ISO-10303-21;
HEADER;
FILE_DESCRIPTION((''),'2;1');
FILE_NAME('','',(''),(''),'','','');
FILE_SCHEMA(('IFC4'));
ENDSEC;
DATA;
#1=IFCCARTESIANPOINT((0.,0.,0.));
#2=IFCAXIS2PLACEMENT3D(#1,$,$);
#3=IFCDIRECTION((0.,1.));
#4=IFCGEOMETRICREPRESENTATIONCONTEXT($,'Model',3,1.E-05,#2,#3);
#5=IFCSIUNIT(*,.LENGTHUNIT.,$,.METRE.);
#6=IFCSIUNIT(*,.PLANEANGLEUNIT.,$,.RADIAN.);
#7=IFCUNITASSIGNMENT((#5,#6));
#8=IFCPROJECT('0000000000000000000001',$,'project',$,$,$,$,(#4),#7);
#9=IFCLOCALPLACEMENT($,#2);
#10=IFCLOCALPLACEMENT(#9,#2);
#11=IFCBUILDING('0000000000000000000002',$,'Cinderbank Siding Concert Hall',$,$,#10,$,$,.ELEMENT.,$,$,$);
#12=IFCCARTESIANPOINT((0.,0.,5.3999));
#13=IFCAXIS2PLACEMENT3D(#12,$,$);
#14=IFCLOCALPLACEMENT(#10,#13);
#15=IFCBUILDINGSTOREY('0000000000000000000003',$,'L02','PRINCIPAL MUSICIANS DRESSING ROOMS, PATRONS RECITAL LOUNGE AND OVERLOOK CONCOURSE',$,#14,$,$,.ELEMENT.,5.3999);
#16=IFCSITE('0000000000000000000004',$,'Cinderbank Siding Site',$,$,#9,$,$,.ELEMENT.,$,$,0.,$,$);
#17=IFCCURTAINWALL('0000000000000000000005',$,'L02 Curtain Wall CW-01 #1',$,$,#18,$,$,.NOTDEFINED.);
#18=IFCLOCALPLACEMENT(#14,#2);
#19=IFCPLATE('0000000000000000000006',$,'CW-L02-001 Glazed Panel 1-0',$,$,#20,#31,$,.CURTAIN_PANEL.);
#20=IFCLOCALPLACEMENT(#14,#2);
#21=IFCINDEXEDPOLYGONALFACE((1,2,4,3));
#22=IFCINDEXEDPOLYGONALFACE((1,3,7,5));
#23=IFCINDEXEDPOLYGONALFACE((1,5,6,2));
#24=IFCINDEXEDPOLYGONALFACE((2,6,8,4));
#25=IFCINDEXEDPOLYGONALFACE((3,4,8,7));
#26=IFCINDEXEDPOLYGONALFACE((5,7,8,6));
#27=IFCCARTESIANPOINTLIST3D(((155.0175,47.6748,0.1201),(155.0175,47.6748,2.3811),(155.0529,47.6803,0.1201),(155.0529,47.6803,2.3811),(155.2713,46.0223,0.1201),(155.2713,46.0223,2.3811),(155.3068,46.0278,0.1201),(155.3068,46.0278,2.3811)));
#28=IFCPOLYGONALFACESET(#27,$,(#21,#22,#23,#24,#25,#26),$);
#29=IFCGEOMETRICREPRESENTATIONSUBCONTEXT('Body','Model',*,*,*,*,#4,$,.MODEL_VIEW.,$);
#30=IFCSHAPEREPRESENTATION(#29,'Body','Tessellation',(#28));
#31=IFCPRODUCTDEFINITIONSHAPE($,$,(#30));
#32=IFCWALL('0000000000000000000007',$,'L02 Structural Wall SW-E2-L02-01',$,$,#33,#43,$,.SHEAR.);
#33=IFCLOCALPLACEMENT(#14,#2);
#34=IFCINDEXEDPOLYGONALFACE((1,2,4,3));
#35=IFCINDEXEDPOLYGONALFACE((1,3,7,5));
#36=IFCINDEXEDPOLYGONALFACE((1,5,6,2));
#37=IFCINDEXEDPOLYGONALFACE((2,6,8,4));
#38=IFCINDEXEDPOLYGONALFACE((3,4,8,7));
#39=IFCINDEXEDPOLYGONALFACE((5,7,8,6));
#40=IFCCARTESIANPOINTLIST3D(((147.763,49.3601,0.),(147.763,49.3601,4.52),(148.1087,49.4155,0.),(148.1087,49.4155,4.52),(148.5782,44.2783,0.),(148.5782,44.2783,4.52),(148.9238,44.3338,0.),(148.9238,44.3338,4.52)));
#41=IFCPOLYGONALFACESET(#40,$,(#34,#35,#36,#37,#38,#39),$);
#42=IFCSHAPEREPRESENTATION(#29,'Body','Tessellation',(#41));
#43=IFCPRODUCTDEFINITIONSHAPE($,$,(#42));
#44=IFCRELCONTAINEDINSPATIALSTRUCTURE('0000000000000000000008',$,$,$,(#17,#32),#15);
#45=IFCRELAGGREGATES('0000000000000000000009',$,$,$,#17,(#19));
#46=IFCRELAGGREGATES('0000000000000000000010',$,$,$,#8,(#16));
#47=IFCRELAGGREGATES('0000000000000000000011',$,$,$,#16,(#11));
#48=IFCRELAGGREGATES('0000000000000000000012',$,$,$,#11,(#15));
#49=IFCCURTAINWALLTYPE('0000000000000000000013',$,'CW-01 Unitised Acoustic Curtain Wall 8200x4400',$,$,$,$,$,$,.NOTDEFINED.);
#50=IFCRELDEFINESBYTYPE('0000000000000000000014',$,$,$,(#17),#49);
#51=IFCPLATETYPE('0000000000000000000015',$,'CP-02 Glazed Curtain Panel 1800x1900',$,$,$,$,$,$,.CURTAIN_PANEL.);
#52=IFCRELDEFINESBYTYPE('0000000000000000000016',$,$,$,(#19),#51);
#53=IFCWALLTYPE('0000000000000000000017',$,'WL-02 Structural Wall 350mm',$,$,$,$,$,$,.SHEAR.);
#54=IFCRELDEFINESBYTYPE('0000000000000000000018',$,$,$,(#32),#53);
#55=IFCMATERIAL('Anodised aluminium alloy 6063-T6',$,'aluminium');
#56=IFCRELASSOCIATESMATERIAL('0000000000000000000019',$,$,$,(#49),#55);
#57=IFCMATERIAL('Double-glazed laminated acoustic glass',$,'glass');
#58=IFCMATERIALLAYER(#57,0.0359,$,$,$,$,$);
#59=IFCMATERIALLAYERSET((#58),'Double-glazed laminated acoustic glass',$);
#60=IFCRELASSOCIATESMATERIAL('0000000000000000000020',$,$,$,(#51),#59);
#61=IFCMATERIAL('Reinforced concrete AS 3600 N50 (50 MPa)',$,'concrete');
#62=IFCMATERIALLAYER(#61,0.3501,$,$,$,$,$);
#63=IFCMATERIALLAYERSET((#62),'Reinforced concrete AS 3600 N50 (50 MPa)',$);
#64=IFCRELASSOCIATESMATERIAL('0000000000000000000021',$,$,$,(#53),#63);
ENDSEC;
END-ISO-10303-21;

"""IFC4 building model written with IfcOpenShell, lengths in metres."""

from ifc_helpers import new_model, si_unit, direction, frame, frame_2d, origin, origin_2d, place, context, subcontext, project, spatial, rectangle, extrude, material, layer, layer_set, type_object, element, aggregate, save


model = new_model("IFC4")

# Units and contexts
model_context = context("Model", 3, precision=1e-05, world=origin(), true_north=direction((0.0, 1.0)))
body_context = subcontext(model_context, "Body", "Model", "MODEL_VIEW")
ifc_project = project(units=[si_unit("LENGTHUNIT", "METRE"), si_unit("PLANEANGLEUNIT", "RADIAN")], contexts=[model_context])

# Site, building, storey
site_placement = place(None, origin())
site = spatial("IfcSite", under=ifc_project, at=site_placement, Name="Cinderbank Siding Site", CompositionType="ELEMENT", RefElevation=0.0)
building_placement = place(site_placement, origin())
building = spatial("IfcBuilding", under=site, at=building_placement, Name="Cinderbank Siding Concert Hall", CompositionType="ELEMENT")
storey_placement = place(building_placement, frame((0.0, 0.0, 5.3999)))
storey = spatial("IfcBuildingStorey", under=building, at=storey_placement, Name="L02", Description="PRINCIPAL MUSICIANS DRESSING ROOMS, PATRONS RECITAL LOUNGE AND OVERLOOK CONCOURSE", CompositionType="ELEMENT", Elevation=5.3999)

# Shared definitions
ifc_material_1 = material(Name="Reinforced concrete AS 3600 N50 (50 MPa)", Category="concrete")

# Curtain wall
ifc_material_2 = material(Name="Anodised aluminium alloy 6063-T6", Category="aluminium")
curtain_wall_type_1 = type_object("IfcCurtainWallType", Name="CW-01 Unitised Acoustic Curtain Wall 8200x4400", PredefinedType="NOTDEFINED", material=ifc_material_2)
curtain_wall_1_placement = place(storey_placement, origin())
curtain_wall_1 = element("IfcCurtainWall", 1, at=curtain_wall_1_placement, inside=storey, type_object=curtain_wall_type_1, Name="L02 Curtain Wall CW-01 #1", PredefinedType="NOTDEFINED")

# Plate
ifc_material_3 = material(Name="Double-glazed laminated acoustic glass", Category="glass")
ifc_layer_1 = layer(ifc_material_3, 0.0359)
ifc_layer_set_1 = layer_set([ifc_layer_1], Name="Double-glazed laminated acoustic glass")
plate_type_1 = type_object("IfcPlateType", Name="CP-02 Glazed Curtain Panel 1800x1900", PredefinedType="CURTAIN_PANEL", material=ifc_layer_set_1)
plate_1_placement = place(storey_placement, frame((155.1621, 46.8513, 0.1201), z_axis=(0.0, 0.0, 1.0), x_axis=(-0.151815, 0.988409, 0.0)))
plate_1 = element("IfcPlate", 2, at=plate_1_placement, type_object=plate_type_1, Name="CW-L02-001 Glazed Panel 1-0", PredefinedType="CURTAIN_PANEL", context=body_context, shape_type="SweptSolid", body=[
    extrude(rectangle(XDim=1.6719, YDim=0.0359, at=origin_2d()), origin(), (0.0, 0.0, 1.0), 2.261),
])
aggregate(curtain_wall_1, [plate_1])

# Wall
ifc_layer_2 = layer(ifc_material_1, 0.3501)
ifc_layer_set_2 = layer_set([ifc_layer_2], Name="Reinforced concrete AS 3600 N50 (50 MPa)")
wall_type = type_object("IfcWallType", Name="WL-02 Structural Wall 350mm", PredefinedType="SHEAR", material=ifc_layer_set_2)
wall_placement = place(storey_placement, frame((148.751, 44.3062, 0.0), z_axis=(0.0, 0.0, 1.0), x_axis=(-0.158388, 0.987377, 0.0)))
element("IfcWall", 3, at=wall_placement, inside=storey, type_object=wall_type, Name="L02 Structural Wall SW-E2-L02-01", PredefinedType="SHEAR", context=body_context, shape_type="SweptSolid", body=[
    extrude(rectangle(XDim=5.1467, YDim=0.3501, at=frame_2d((2.5732, 0.0))), origin(), (0.0, 0.0, 1.0), 4.52),
])

save(model, "model.ifc")
